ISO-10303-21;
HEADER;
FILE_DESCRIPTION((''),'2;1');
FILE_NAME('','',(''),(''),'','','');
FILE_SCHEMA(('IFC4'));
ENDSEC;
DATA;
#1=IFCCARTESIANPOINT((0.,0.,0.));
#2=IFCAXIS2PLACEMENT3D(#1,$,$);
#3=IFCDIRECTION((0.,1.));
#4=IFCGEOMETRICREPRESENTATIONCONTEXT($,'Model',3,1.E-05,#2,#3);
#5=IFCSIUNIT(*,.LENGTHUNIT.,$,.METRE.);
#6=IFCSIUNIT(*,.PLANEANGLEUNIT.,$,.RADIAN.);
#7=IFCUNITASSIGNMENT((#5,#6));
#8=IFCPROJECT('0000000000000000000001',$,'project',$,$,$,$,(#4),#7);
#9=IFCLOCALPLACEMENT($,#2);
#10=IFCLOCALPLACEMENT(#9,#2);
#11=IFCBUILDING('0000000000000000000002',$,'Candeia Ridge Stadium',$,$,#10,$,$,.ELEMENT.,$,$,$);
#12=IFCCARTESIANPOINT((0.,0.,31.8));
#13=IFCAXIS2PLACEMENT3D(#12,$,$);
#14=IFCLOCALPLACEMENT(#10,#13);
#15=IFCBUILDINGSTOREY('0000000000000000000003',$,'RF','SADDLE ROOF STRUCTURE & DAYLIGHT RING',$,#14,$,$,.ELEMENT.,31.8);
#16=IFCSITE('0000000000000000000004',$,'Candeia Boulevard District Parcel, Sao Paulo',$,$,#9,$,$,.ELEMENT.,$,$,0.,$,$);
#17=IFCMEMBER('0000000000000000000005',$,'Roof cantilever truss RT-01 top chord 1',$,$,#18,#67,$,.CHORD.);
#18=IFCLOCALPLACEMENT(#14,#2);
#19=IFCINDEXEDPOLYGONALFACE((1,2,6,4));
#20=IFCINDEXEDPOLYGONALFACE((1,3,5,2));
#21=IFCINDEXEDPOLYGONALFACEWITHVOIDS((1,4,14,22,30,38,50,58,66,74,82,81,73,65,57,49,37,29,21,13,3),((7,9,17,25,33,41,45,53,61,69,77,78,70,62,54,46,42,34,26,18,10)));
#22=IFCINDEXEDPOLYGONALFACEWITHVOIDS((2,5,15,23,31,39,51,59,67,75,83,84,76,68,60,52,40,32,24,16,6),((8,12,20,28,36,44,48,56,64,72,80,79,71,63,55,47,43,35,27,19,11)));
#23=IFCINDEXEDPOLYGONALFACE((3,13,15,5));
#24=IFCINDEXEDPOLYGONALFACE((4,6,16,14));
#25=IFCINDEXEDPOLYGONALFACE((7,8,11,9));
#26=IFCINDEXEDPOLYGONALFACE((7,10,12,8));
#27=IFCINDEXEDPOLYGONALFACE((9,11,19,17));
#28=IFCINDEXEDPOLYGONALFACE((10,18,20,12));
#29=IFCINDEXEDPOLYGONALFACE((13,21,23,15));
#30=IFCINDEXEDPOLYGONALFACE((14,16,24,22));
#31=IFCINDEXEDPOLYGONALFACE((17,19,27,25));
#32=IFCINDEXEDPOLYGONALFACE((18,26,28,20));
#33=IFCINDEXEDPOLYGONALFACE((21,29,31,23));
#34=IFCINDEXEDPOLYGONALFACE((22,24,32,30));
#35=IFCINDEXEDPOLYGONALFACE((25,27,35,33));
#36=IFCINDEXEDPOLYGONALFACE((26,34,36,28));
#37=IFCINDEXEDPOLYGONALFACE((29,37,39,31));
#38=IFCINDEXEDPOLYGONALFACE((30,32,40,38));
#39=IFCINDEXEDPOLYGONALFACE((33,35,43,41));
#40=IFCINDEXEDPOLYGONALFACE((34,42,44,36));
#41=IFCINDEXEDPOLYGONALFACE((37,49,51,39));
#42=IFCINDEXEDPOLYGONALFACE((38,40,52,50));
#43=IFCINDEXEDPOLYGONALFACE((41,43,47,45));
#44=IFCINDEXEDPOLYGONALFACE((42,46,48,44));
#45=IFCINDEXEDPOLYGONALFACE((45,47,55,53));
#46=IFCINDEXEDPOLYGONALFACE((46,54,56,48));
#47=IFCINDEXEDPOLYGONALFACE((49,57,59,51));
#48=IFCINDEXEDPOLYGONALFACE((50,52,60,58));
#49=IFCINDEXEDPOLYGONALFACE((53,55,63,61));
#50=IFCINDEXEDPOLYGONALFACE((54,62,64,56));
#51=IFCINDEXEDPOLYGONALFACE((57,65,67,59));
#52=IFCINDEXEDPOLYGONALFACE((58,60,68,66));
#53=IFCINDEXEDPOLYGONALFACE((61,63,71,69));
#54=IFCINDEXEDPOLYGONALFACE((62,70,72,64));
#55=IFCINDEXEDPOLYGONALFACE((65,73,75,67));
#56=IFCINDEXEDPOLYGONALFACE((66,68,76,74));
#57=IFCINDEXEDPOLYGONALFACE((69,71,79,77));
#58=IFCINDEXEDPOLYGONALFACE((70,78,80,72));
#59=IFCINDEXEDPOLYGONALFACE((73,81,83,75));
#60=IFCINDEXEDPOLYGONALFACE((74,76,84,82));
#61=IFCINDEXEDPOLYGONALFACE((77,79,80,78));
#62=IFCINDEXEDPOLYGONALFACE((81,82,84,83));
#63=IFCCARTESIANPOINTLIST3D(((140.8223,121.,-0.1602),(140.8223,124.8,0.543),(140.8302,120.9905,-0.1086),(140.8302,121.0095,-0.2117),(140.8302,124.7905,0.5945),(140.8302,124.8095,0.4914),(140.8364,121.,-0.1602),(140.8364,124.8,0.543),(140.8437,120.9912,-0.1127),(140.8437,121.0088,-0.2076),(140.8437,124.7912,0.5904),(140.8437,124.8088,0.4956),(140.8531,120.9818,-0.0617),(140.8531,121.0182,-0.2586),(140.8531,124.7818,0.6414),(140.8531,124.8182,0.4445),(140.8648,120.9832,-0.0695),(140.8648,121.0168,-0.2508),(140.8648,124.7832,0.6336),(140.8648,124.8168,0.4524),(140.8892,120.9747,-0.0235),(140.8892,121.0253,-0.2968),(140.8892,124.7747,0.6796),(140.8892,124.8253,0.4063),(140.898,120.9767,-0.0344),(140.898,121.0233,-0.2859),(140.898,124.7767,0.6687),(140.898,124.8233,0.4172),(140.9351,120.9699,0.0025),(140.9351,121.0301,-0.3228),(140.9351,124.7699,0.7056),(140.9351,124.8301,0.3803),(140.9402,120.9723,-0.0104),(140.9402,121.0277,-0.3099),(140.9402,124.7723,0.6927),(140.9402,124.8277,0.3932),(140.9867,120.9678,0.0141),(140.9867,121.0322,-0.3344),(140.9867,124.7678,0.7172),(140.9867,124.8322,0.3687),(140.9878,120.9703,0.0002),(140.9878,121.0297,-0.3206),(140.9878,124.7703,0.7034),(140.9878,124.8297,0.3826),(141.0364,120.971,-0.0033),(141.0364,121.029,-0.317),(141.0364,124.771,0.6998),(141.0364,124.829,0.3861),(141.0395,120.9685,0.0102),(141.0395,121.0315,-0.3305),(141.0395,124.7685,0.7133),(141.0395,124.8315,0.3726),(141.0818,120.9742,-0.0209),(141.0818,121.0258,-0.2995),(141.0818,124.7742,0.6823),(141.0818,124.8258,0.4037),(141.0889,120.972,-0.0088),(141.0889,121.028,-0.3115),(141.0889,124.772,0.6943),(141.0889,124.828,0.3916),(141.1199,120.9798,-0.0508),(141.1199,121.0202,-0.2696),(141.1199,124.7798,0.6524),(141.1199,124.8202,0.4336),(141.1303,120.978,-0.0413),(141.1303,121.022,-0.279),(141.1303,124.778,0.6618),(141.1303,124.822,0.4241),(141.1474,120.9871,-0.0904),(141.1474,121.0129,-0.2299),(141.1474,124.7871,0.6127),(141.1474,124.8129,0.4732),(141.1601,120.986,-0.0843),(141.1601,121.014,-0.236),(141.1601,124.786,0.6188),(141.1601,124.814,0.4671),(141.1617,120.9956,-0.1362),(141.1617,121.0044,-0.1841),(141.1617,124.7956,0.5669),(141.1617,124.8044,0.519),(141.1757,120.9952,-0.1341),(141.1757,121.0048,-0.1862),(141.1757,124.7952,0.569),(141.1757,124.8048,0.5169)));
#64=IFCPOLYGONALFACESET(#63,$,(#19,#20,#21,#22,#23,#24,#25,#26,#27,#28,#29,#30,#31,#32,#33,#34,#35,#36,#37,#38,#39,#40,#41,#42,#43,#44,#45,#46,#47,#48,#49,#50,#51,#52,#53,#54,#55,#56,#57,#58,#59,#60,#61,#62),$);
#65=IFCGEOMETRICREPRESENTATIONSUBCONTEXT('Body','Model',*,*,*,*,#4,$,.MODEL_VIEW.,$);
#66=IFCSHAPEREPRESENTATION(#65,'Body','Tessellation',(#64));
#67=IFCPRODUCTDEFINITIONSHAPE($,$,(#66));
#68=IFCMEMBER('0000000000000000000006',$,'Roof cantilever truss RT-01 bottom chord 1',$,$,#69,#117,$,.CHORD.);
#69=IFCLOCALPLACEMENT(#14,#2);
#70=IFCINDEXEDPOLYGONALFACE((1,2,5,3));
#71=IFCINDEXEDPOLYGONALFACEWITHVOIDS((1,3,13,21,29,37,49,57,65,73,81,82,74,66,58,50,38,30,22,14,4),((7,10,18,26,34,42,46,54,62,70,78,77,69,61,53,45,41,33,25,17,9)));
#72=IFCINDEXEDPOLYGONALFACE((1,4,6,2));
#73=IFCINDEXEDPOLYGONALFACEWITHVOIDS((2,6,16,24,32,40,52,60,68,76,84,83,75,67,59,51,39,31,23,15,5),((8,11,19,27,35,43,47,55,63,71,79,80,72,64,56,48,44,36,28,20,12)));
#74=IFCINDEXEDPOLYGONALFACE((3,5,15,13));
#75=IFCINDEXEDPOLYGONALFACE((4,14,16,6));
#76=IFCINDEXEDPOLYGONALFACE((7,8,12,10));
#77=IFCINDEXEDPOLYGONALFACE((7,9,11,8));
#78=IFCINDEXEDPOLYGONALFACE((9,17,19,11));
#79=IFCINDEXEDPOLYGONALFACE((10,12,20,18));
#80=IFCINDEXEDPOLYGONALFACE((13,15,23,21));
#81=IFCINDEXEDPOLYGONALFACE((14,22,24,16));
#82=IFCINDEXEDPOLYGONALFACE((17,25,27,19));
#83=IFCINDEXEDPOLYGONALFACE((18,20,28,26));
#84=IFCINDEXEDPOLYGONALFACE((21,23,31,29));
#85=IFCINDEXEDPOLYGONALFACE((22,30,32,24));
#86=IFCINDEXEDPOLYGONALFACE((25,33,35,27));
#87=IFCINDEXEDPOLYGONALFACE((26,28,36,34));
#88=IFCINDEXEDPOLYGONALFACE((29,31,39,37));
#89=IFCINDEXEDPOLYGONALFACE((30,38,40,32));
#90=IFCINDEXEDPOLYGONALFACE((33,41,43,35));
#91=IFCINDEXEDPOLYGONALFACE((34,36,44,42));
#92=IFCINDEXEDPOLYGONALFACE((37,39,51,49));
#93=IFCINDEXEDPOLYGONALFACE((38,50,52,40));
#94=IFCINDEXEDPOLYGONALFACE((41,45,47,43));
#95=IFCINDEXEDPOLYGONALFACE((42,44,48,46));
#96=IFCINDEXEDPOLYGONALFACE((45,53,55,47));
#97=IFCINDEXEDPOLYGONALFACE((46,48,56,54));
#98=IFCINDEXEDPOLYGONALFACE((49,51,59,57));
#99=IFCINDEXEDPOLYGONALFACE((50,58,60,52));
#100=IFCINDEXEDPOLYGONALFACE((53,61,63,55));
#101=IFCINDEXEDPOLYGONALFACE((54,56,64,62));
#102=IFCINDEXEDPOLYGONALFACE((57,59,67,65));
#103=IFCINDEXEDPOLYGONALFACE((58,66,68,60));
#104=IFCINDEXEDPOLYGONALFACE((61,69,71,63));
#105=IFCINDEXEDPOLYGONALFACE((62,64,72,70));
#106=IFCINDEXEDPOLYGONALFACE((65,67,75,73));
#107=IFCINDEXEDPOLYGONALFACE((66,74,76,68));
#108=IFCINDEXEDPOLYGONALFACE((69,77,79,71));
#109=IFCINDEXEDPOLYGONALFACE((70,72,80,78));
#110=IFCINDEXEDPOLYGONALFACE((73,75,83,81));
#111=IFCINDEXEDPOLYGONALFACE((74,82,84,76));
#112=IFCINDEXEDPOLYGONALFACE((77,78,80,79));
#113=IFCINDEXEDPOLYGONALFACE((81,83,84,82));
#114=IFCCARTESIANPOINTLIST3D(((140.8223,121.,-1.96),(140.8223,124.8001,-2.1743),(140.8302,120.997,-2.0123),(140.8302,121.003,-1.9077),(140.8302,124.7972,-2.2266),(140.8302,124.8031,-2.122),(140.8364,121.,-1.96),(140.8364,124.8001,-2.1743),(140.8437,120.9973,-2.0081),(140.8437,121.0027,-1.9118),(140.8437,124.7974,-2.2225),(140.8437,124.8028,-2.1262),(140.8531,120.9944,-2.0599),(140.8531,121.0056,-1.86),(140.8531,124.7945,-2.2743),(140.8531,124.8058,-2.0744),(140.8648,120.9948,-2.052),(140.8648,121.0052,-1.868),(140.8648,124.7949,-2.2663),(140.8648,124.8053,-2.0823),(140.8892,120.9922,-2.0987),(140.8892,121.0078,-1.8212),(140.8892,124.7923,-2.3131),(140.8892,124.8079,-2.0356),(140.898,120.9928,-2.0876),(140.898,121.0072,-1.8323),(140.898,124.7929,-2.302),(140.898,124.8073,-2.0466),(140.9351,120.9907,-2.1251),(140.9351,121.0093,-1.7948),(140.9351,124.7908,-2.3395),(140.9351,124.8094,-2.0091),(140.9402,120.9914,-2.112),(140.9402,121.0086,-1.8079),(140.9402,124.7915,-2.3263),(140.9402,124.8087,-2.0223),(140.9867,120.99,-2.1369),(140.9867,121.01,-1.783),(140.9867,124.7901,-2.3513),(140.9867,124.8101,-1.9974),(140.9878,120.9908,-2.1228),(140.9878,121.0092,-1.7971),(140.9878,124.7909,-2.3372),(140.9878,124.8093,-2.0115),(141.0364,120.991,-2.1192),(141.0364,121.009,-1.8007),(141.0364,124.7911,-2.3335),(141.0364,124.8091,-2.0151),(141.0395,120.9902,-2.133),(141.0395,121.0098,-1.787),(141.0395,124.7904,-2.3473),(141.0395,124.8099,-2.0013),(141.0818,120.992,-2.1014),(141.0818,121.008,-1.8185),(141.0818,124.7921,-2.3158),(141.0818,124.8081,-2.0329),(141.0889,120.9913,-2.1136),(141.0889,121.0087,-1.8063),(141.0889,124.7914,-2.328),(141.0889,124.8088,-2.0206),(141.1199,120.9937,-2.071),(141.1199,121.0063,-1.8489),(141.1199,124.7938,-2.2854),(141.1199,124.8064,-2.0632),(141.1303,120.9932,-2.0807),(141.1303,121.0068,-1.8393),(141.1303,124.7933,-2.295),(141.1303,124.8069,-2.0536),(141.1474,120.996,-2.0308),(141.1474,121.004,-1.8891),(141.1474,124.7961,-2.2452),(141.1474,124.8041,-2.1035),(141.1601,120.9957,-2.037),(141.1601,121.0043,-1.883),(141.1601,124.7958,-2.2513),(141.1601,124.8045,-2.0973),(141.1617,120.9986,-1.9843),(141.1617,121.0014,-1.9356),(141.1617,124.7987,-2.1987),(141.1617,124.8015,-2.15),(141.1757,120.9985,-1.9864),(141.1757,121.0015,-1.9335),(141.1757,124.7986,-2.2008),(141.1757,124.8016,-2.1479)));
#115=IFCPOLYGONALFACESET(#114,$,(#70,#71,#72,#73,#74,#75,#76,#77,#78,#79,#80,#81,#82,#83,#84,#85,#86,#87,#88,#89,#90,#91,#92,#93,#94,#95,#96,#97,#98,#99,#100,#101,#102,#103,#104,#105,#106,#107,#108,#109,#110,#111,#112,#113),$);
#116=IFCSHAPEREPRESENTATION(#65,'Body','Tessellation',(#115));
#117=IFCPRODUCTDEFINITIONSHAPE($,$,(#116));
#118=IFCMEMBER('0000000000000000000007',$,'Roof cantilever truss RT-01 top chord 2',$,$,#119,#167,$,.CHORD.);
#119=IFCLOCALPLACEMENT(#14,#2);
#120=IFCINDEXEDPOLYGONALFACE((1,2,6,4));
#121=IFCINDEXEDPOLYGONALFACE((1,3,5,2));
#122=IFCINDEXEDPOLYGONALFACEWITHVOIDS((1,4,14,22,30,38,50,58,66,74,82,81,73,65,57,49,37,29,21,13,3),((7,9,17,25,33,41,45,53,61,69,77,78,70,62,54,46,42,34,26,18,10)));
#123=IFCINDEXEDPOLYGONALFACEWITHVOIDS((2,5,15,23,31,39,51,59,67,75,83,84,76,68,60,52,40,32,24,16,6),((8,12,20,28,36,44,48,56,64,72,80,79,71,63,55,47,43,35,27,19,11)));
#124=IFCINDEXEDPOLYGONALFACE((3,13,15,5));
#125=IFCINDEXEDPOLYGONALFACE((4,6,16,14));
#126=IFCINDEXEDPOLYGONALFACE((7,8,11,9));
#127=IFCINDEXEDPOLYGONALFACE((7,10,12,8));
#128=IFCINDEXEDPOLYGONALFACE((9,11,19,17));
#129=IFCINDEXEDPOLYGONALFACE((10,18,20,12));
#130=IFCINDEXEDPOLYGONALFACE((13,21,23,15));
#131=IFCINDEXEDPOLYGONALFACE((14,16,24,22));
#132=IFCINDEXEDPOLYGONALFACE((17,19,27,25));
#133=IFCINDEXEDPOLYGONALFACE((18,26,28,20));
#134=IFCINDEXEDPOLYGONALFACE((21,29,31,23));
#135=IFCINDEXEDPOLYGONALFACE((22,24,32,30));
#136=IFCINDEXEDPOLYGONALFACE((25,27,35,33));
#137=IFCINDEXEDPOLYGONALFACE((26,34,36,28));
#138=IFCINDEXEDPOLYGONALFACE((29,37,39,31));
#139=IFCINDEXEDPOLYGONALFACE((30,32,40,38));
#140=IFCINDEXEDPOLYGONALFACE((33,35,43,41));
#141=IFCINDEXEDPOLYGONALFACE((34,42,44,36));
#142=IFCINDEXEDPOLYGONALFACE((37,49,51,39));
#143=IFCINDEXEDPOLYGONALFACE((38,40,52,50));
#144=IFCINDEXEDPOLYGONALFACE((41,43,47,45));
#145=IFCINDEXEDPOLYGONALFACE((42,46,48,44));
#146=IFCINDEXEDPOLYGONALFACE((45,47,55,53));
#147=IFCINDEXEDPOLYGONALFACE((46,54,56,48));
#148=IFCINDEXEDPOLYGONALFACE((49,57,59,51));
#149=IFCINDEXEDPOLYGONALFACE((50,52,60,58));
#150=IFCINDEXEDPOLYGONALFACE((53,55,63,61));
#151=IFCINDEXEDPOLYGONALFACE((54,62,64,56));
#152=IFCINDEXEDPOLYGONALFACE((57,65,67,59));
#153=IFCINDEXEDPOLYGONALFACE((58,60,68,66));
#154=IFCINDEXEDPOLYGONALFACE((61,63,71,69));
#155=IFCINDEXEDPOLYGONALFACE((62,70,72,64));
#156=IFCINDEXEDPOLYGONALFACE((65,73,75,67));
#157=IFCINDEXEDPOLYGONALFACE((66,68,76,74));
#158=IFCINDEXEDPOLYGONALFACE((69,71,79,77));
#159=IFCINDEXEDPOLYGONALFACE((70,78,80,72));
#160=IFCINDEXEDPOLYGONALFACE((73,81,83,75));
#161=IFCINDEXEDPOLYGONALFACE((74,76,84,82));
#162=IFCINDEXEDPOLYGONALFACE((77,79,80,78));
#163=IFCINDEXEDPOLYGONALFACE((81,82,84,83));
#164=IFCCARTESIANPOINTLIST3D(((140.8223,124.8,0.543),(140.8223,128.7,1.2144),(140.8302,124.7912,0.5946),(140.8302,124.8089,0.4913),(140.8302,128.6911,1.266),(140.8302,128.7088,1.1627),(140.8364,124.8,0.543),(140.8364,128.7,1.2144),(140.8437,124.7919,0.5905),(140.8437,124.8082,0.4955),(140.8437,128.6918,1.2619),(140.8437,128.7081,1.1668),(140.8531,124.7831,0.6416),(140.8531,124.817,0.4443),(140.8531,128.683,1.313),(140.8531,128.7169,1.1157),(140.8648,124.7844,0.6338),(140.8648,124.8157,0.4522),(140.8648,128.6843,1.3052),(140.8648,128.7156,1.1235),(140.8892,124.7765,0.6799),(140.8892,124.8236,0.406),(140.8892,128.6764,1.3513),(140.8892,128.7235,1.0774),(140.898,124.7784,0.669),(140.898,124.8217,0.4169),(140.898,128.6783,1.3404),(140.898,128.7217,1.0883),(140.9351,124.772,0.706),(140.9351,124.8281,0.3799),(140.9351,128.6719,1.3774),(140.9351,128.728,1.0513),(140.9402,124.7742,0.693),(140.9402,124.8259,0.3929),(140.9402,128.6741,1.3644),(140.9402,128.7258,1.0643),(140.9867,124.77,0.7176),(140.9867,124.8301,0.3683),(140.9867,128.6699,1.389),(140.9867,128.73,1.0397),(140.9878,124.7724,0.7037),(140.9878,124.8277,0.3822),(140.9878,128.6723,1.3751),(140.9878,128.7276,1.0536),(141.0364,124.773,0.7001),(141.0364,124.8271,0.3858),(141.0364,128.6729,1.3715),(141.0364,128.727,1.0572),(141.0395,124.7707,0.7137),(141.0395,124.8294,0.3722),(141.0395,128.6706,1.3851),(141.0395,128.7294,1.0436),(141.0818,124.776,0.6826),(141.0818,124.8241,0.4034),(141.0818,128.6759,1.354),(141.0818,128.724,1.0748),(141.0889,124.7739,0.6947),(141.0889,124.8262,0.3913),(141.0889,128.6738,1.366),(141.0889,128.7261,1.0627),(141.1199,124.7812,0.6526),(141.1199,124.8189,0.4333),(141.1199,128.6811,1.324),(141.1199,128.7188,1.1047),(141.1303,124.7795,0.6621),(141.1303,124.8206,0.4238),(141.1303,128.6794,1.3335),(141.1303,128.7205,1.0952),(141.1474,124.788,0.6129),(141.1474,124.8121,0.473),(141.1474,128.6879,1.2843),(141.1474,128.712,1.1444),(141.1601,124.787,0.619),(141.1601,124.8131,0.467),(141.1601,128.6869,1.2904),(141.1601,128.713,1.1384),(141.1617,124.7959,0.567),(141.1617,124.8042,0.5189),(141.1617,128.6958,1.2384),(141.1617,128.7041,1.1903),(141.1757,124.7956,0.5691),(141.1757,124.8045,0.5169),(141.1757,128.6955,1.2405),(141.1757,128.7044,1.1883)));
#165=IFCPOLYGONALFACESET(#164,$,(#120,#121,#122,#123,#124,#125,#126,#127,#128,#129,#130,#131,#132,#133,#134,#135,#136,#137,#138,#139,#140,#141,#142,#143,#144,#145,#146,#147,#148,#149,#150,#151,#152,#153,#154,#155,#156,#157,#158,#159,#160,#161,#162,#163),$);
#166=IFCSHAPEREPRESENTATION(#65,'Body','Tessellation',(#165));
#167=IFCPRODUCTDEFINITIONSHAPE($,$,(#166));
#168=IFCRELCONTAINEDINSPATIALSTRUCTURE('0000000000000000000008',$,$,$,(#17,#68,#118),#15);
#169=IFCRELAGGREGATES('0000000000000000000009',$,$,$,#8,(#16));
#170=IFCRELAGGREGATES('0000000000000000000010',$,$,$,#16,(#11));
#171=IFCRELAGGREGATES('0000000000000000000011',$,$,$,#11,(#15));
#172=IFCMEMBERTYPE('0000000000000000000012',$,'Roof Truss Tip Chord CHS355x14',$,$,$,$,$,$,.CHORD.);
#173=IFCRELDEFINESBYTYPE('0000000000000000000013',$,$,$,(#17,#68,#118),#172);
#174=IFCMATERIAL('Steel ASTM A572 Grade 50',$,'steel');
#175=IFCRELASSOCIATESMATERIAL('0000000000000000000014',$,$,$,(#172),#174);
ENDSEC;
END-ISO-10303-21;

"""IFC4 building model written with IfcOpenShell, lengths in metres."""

from ifc_helpers import new_model, si_unit, direction, frame, origin, origin_2d, place, context, subcontext, project, spatial, hollow_circle, extrude, material, material_profile, profile_set, type_object, element, save


model = new_model("IFC4")

# Units and contexts
model_context = context("Model", 3, precision=1e-05, world=origin(), true_north=direction((0.0, 1.0)))
body_context = subcontext(model_context, "Body", "Model", "MODEL_VIEW")
ifc_project = project(units=[si_unit("LENGTHUNIT", "METRE"), si_unit("PLANEANGLEUNIT", "RADIAN")], contexts=[model_context])

# Site, building, storey
site_placement = place(None, origin())
site = spatial("IfcSite", under=ifc_project, at=site_placement, Name="Candeia Boulevard District Parcel, Sao Paulo", CompositionType="ELEMENT", RefElevation=0.0)
building_placement = place(site_placement, origin())
building = spatial("IfcBuilding", under=site, at=building_placement, Name="Candeia Ridge Stadium", CompositionType="ELEMENT")
storey_placement = place(building_placement, frame((0.0, 0.0, 31.8)))
storey = spatial("IfcBuildingStorey", under=building, at=storey_placement, Name="RF", Description="SADDLE ROOF STRUCTURE & DAYLIGHT RING", CompositionType="ELEMENT", Elevation=31.8)

# Shared definitions
ifc_material_1 = material(Name="Steel ASTM A572 Grade 50", Category="steel")

# Members
ifc_material_profile_1 = material_profile(ifc_material_1, hollow_circle(Radius=0.1777, WallThickness=0.0142, at=origin_2d()), Name="CHS355x14", Category="steel")
ifc_profile_set_1 = profile_set([ifc_material_profile_1], Name="Steel ASTM A572 Grade 50")
member_type_1 = type_object("IfcMemberType", Name="Roof Truss Tip Chord CHS355x14", PredefinedType="CHORD", material=ifc_profile_set_1)
member_1_placement = place(storey_placement, frame((141.0, 121.0, -0.1602), z_axis=(0.0, 0.983309, 0.181942), x_axis=(-1.0, 0.0, 0.0)))
element("IfcMember", 1, at=member_1_placement, inside=storey, type_object=member_type_1, Name="Roof cantilever truss RT-01 top chord 1", PredefinedType="CHORD", context=body_context, shape_type="SweptSolid", body=[
    extrude(hollow_circle(Radius=0.1777, WallThickness=0.0142, at=origin_2d()), origin(), (0.0, 0.0, 1.0), 3.8645),
])
member_2_placement = place(storey_placement, frame((141.0, 121.0, -1.96), z_axis=(0.0, 0.998413, -0.056319), x_axis=(-1.0, 0.0, 0.0)))
element("IfcMember", 2, at=member_2_placement, inside=storey, type_object=member_type_1, Name="Roof cantilever truss RT-01 bottom chord 1", PredefinedType="CHORD", context=body_context, shape_type="SweptSolid", body=[
    extrude(hollow_circle(Radius=0.1777, WallThickness=0.0142, at=origin_2d()), origin(), (0.0, 0.0, 1.0), 3.8062),
])
member_3_placement = place(storey_placement, frame((141.0, 124.8, 0.543), z_axis=(0.0, 0.985503, 0.169659), x_axis=(-1.0, 0.0, 0.0)))
element("IfcMember", 3, at=member_3_placement, inside=storey, type_object=member_type_1, Name="Roof cantilever truss RT-01 top chord 2", PredefinedType="CHORD", context=body_context, shape_type="SweptSolid", body=[
    extrude(hollow_circle(Radius=0.1777, WallThickness=0.0142, at=origin_2d()), origin(), (0.0, 0.0, 1.0), 3.9573),
])

save(model, "model.ifc")
